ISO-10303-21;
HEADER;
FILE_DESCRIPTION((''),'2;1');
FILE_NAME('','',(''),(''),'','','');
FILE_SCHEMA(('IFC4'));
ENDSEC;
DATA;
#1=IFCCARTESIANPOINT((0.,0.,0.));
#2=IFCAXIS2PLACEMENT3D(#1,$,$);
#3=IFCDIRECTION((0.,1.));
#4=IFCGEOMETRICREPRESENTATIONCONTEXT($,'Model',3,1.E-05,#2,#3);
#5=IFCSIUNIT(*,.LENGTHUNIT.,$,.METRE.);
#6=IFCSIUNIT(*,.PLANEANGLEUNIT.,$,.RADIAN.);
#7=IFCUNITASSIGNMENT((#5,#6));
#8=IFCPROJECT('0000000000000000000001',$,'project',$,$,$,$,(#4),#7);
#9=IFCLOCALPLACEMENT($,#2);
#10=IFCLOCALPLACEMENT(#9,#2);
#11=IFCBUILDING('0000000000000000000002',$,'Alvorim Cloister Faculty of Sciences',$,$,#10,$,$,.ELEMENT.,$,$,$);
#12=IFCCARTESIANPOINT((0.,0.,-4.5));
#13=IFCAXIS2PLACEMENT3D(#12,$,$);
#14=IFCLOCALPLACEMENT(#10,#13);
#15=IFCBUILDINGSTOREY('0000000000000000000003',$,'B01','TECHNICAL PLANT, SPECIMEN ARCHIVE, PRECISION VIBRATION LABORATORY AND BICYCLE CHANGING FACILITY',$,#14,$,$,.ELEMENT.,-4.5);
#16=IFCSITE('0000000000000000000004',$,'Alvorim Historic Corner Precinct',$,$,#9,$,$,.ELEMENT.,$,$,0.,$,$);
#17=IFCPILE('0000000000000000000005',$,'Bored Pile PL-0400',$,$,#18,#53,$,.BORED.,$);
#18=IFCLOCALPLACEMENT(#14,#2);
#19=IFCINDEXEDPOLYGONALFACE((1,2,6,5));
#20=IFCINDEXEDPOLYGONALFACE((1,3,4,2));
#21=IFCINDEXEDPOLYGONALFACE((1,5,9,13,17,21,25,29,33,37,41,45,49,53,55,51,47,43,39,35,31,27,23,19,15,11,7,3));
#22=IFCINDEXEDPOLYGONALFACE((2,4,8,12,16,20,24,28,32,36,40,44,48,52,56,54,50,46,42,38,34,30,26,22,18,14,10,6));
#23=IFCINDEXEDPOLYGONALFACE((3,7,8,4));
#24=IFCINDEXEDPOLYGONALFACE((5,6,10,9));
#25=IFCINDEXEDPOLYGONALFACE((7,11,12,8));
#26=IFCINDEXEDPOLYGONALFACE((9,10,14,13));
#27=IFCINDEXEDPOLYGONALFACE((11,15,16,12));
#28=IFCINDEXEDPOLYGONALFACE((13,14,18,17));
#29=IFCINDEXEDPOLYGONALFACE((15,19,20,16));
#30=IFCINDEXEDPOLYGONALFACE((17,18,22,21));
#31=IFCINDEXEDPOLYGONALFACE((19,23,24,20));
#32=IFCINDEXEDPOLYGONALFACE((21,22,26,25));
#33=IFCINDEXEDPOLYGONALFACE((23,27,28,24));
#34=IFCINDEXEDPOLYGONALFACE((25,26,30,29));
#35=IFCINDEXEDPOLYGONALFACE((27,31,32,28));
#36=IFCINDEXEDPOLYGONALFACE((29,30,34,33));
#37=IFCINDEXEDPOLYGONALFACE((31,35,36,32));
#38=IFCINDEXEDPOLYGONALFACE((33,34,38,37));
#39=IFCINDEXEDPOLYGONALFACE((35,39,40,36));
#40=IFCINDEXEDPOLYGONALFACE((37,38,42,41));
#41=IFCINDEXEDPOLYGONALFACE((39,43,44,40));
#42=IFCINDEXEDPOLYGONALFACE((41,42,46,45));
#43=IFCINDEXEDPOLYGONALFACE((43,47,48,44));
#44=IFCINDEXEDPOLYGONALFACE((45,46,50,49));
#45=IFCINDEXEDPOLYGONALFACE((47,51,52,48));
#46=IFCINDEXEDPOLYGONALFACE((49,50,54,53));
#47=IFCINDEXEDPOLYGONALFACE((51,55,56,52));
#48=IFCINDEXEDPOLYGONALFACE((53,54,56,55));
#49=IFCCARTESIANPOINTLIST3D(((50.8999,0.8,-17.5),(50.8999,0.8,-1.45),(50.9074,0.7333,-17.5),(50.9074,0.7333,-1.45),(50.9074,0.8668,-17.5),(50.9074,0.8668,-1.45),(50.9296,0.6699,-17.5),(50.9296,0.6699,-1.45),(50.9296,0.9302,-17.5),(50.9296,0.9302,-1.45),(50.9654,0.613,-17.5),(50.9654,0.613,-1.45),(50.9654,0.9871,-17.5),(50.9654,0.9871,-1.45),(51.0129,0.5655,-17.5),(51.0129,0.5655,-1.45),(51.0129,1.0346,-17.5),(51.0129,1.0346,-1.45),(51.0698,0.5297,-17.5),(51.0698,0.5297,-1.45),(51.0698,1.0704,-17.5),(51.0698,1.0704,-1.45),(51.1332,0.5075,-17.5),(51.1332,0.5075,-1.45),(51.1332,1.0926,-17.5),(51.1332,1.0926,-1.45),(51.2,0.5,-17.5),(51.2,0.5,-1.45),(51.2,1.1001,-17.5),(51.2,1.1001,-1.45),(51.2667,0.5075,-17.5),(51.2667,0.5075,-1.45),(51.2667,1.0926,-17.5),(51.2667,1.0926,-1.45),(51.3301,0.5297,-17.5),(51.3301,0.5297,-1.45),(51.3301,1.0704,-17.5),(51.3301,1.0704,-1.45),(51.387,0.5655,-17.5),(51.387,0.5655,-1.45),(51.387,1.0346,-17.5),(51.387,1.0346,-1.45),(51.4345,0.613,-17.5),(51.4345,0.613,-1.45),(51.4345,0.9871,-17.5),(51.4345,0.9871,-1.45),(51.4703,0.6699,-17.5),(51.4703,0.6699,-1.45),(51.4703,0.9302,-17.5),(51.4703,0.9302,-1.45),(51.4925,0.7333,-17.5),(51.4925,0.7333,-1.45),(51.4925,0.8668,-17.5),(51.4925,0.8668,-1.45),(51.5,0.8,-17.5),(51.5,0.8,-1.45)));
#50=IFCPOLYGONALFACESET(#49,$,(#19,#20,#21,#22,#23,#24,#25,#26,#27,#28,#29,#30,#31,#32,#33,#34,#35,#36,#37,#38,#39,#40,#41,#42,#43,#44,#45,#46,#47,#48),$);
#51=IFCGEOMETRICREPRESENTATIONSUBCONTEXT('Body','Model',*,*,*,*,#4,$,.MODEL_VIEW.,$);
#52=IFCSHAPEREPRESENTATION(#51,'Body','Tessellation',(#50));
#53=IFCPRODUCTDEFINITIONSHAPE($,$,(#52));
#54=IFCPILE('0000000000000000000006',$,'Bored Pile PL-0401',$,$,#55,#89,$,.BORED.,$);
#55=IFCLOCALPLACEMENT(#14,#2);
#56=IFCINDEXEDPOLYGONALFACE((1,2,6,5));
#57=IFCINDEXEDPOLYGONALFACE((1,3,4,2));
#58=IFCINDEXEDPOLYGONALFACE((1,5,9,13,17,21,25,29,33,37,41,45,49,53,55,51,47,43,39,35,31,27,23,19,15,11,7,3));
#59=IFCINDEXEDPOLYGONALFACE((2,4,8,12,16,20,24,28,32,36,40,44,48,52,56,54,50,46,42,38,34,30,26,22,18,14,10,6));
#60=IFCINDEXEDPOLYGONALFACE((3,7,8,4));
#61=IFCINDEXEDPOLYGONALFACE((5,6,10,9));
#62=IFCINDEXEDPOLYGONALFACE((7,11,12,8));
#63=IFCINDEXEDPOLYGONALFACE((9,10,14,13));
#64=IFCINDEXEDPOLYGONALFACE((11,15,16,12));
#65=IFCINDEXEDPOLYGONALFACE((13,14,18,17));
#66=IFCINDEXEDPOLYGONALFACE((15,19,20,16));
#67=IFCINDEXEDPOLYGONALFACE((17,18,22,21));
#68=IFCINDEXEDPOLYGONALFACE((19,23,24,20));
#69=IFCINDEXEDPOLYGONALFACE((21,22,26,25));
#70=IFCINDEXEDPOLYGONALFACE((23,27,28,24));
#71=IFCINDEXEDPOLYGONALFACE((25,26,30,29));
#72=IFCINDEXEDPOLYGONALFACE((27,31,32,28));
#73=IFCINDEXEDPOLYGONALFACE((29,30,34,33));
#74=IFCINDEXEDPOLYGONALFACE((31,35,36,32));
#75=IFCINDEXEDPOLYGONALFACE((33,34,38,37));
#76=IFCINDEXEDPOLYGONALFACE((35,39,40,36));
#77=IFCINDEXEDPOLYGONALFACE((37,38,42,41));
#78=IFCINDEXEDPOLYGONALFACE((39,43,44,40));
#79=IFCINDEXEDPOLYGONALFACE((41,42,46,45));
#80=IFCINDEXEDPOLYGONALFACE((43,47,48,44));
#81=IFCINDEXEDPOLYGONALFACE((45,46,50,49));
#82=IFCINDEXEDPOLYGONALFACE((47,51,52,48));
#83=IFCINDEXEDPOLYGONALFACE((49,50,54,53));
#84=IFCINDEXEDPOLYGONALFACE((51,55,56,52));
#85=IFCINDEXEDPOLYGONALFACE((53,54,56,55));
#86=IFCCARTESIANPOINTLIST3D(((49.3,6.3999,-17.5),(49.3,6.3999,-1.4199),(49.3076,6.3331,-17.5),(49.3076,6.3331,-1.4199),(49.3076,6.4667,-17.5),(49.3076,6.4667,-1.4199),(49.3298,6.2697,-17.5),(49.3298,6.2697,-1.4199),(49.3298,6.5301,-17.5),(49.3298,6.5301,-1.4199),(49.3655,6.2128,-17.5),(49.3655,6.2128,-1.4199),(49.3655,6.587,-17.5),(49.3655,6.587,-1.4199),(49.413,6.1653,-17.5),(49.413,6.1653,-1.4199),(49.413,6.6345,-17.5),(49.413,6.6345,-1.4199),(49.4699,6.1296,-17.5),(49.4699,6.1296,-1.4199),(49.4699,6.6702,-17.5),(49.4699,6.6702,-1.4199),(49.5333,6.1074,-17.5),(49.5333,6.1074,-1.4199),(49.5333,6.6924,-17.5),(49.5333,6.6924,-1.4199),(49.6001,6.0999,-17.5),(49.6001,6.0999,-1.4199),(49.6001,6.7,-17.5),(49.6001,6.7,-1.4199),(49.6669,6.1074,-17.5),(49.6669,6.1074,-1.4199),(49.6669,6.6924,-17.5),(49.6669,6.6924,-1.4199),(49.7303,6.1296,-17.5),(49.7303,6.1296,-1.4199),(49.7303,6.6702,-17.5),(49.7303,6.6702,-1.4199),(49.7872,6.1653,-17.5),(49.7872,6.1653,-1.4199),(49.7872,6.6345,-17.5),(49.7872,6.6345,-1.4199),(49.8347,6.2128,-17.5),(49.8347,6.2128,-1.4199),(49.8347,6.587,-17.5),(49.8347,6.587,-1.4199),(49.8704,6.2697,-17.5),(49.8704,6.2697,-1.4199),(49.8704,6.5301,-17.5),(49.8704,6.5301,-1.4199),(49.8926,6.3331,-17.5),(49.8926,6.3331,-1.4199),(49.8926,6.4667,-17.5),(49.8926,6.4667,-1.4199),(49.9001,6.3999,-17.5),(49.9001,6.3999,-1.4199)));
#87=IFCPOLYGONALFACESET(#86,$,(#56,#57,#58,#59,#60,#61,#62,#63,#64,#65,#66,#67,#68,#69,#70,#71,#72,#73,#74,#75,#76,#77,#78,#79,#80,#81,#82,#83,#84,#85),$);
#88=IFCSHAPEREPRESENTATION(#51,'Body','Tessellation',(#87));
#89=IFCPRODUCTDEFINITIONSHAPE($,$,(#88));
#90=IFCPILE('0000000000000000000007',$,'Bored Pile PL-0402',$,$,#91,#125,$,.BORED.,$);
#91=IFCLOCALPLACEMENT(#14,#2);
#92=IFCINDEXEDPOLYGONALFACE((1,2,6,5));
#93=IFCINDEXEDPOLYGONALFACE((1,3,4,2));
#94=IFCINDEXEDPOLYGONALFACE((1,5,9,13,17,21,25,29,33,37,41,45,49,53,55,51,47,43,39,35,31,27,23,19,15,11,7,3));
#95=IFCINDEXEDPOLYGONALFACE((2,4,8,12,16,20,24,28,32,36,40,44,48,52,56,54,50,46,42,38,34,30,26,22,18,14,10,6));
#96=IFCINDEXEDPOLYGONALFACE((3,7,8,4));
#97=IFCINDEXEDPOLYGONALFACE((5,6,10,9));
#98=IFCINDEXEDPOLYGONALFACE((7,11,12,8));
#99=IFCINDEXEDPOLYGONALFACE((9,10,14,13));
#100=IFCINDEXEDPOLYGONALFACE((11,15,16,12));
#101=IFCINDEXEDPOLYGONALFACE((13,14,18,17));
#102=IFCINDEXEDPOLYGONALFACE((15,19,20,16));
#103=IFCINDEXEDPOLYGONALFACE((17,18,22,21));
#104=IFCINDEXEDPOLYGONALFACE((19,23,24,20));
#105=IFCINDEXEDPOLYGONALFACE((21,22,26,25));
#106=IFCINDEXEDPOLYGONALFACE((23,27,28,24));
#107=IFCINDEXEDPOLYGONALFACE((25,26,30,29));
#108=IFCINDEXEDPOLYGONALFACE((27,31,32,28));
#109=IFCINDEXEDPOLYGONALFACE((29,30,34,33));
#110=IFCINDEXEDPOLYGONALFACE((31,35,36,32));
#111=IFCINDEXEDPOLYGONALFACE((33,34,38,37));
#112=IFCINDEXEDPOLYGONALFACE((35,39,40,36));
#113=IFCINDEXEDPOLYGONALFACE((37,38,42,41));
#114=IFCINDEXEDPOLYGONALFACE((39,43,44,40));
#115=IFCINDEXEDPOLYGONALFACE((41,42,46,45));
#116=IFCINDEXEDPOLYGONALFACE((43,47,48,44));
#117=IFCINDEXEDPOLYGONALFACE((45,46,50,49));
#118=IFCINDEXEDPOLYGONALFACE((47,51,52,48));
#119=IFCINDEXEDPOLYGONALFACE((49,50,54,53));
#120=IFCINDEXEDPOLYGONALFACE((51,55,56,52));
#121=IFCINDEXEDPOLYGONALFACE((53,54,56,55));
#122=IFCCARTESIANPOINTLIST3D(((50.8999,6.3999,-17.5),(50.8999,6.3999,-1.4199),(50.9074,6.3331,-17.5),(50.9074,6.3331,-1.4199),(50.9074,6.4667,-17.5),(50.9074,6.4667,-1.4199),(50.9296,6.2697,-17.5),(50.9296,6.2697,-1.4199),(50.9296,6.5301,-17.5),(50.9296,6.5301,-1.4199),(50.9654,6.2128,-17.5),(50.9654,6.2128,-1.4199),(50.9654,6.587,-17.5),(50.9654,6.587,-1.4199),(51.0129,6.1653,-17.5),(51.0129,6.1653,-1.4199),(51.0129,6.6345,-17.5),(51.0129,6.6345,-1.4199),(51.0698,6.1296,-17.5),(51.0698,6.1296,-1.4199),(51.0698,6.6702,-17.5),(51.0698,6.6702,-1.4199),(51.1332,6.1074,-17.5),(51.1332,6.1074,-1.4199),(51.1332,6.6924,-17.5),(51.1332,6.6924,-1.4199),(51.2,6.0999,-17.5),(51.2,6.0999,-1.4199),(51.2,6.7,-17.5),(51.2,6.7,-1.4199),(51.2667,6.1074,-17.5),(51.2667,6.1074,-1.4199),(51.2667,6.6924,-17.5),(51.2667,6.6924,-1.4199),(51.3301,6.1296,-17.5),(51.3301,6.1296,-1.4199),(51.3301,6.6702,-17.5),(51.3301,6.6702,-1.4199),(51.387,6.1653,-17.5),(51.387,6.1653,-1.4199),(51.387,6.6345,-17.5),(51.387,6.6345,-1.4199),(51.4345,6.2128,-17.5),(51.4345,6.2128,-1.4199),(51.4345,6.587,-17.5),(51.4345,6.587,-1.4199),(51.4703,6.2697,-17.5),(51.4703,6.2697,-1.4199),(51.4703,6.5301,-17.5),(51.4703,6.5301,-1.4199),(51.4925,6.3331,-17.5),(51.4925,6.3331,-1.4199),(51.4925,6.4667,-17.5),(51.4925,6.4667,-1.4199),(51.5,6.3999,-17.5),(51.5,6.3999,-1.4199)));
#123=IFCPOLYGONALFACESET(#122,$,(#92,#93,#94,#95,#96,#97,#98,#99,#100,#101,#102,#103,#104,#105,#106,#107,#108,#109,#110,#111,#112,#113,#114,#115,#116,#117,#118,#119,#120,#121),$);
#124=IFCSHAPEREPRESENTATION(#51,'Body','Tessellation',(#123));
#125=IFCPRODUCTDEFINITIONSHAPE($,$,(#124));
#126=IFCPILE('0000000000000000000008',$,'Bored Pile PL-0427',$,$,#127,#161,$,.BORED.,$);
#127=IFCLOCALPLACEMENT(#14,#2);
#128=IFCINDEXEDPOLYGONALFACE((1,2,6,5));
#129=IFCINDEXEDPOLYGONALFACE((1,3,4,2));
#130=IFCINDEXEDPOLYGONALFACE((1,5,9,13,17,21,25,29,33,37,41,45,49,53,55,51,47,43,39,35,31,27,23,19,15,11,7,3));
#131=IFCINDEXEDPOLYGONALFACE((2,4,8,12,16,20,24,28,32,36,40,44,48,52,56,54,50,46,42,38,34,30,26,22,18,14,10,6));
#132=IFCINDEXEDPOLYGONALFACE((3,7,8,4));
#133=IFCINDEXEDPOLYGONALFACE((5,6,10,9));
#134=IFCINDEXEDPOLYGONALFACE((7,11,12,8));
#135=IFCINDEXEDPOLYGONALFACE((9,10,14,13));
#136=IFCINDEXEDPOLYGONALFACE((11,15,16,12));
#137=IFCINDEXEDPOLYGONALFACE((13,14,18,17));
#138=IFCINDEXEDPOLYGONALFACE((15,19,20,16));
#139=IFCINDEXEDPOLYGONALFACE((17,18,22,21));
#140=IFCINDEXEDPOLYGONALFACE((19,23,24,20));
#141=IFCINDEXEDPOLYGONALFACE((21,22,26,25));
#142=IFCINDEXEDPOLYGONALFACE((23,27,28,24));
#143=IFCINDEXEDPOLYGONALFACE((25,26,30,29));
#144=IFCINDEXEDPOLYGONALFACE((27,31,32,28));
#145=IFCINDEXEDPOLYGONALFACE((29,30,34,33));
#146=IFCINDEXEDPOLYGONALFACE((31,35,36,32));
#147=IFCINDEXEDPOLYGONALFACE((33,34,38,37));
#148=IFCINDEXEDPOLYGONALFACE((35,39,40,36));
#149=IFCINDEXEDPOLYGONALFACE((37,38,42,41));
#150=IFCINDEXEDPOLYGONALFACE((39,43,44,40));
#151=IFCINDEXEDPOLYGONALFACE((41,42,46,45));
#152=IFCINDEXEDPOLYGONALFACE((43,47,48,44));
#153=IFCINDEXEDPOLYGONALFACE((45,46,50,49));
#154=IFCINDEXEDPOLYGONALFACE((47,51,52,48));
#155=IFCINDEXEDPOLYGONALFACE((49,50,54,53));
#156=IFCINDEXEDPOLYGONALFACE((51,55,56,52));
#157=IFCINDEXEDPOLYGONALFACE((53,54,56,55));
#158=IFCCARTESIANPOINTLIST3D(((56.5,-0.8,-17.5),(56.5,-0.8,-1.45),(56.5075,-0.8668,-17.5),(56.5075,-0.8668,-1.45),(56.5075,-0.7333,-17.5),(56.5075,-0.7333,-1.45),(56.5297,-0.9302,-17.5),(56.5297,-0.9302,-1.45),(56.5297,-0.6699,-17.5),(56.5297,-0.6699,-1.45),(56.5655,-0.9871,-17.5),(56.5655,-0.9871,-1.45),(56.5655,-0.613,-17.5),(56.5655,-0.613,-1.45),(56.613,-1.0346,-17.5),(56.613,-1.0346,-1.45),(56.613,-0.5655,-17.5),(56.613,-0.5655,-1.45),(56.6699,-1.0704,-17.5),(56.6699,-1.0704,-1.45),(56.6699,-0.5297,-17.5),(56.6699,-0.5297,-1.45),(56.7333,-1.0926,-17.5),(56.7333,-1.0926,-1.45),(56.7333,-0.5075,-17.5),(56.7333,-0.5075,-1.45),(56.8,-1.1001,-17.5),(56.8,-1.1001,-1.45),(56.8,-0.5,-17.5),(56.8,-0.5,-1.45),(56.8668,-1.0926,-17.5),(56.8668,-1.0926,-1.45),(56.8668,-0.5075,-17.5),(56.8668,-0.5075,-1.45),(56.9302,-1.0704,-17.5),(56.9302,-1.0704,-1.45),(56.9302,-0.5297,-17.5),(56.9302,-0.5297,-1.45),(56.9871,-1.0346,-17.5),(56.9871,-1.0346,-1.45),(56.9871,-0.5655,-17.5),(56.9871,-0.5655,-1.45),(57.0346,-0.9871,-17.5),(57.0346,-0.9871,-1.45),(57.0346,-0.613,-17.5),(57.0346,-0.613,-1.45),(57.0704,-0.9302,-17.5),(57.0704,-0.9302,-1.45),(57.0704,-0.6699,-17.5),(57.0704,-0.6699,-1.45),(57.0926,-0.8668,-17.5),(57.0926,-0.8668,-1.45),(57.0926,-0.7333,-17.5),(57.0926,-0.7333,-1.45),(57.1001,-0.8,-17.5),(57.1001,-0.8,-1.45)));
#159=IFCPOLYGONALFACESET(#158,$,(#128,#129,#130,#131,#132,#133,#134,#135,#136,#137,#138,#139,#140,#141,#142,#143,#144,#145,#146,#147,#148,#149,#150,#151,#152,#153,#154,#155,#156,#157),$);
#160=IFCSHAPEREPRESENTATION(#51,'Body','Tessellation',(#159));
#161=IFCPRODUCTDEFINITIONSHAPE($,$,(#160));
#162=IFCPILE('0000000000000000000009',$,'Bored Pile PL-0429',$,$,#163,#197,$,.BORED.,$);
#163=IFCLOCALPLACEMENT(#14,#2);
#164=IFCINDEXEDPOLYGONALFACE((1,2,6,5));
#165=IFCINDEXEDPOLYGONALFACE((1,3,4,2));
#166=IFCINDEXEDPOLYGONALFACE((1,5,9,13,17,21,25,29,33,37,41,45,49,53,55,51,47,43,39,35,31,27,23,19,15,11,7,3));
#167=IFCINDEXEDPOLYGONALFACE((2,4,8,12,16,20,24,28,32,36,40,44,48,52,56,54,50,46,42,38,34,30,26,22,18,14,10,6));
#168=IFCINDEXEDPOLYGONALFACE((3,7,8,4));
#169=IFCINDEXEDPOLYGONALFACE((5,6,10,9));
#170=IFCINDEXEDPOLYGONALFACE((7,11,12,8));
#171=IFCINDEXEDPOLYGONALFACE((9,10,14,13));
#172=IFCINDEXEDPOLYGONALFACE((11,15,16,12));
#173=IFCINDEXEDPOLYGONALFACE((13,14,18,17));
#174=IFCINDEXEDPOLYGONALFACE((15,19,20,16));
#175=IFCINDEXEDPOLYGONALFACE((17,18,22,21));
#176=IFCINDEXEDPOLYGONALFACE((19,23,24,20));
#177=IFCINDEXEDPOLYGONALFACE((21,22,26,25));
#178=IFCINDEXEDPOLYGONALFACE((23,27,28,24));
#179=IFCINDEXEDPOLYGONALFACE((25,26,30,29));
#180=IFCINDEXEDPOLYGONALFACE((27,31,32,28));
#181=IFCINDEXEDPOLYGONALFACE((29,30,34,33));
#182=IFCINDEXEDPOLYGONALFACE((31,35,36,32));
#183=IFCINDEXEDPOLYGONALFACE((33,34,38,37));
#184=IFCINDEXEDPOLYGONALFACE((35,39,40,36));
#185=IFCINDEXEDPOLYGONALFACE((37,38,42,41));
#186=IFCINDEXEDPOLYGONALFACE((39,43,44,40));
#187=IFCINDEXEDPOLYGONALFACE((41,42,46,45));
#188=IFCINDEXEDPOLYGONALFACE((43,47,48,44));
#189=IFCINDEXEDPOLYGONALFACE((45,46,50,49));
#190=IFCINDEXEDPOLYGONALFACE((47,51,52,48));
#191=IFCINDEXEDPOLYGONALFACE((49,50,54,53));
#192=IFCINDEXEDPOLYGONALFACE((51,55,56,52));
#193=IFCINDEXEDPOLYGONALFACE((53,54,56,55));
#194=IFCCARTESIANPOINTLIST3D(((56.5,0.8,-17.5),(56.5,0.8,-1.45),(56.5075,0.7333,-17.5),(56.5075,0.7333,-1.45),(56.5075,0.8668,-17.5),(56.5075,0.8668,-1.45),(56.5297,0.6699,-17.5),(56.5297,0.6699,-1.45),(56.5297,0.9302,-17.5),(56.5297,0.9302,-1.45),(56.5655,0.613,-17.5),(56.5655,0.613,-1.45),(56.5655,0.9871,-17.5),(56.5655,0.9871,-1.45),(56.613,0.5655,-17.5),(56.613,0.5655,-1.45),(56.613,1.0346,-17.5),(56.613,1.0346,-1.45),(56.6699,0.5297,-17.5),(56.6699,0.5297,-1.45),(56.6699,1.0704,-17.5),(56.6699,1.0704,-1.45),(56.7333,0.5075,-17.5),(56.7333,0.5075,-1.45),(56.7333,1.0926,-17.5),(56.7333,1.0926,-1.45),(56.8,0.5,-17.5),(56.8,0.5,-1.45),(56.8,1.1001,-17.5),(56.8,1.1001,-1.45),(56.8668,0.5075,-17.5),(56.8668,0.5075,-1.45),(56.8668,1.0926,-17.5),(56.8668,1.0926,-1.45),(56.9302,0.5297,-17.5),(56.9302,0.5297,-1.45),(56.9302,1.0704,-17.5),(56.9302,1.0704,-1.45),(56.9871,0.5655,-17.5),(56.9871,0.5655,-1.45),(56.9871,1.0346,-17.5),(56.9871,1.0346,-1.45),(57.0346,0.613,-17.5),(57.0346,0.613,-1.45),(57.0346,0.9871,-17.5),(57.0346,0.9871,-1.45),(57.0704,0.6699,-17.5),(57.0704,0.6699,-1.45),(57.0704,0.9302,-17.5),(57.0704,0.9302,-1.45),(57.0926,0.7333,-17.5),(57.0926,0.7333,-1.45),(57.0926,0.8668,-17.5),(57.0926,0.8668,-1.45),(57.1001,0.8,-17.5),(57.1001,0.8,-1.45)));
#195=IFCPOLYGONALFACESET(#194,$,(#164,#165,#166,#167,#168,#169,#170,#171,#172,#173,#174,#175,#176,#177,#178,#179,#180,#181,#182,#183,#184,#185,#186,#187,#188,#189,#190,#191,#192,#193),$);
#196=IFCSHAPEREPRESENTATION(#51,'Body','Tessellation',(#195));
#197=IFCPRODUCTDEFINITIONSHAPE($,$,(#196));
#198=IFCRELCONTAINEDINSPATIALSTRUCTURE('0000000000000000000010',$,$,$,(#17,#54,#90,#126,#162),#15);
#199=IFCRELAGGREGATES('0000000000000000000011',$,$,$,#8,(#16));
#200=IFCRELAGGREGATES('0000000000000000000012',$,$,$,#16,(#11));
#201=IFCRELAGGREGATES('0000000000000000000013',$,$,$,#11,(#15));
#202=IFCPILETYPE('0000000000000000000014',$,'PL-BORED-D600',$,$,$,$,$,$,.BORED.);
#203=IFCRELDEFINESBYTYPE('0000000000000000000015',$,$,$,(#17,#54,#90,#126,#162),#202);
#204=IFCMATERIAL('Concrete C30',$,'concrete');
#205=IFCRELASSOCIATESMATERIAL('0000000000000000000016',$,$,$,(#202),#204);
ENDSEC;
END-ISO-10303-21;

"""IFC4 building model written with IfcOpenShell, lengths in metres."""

from ifc_helpers import new_model, si_unit, direction, frame, origin, origin_2d, place, context, subcontext, project, spatial, circle, extrude, material, material_profile, profile_set, type_object, element, save


model = new_model("IFC4")

# Units and contexts
model_context = context("Model", 3, precision=1e-05, world=origin(), true_north=direction((0.0, 1.0)))
body_context = subcontext(model_context, "Body", "Model", "MODEL_VIEW")
ifc_project = project(units=[si_unit("LENGTHUNIT", "METRE"), si_unit("PLANEANGLEUNIT", "RADIAN")], contexts=[model_context])

# Site, building, storey
site_placement = place(None, origin())
site = spatial("IfcSite", under=ifc_project, at=site_placement, Name="Alvorim Historic Corner Precinct", CompositionType="ELEMENT", RefElevation=0.0)
building_placement = place(site_placement, origin())
building = spatial("IfcBuilding", under=site, at=building_placement, Name="Alvorim Cloister Faculty of Sciences", CompositionType="ELEMENT")
storey_placement = place(building_placement, frame((0.0, 0.0, -4.5)))
storey = spatial("IfcBuildingStorey", under=building, at=storey_placement, Name="B01", Description="TECHNICAL PLANT, SPECIMEN ARCHIVE, PRECISION VIBRATION LABORATORY AND BICYCLE CHANGING FACILITY", CompositionType="ELEMENT", Elevation=-4.5)

# Piles
ifc_material_1 = material(Name="Concrete C30", Category="concrete")
ifc_material_profile_1 = material_profile(ifc_material_1, circle(Radius=0.3, at=origin_2d()), Name="PILE-D600")
ifc_profile_set_1 = profile_set([ifc_material_profile_1], Name="Concrete C30")
pile_type = type_object("IfcPileType", Name="PL-BORED-D600", PredefinedType="BORED", material=ifc_profile_set_1)
for number, where, z_axis, x_axis, name in (
    (1, (51.2, 0.8, -1.45), (0.0, 0.0, -1.0), (1.0, 0.0, 0.0), "Bored Pile PL-0400"),
):
    element("IfcPile", number, at=place(storey_placement, frame(where, z_axis=z_axis, x_axis=x_axis)), inside=storey, type_object=pile_type, Name=name, PredefinedType="BORED", context=body_context, shape_type="SweptSolid", body=[
        extrude(circle(Radius=0.3, at=origin_2d()), origin(), (0.0, 0.0, 1.0), 16.05),
    ])
for number, where, z_axis, x_axis, name in (
    (2, (49.6001, 6.3999, -1.4199), (0.0, 0.0, -1.0), (1.0, 0.0, 0.0), "Bored Pile PL-0401"),
    (3, (51.2, 6.3999, -1.4199), (0.0, 0.0, -1.0), (1.0, 0.0, 0.0), "Bored Pile PL-0402"),
):
    element("IfcPile", number, at=place(storey_placement, frame(where, z_axis=z_axis, x_axis=x_axis)), inside=storey, type_object=pile_type, Name=name, PredefinedType="BORED", context=body_context, shape_type="SweptSolid", body=[
        extrude(circle(Radius=0.3, at=origin_2d()), origin(), (0.0, 0.0, 1.0), 16.0801),
    ])
for number, where, z_axis, x_axis, name in (
    (4, (56.8, -0.8, -1.45), (0.0, 0.0, -1.0), (1.0, 0.0, 0.0), "Bored Pile PL-0427"),
    (5, (56.8, 0.8, -1.45), (0.0, 0.0, -1.0), (1.0, 0.0, 0.0), "Bored Pile PL-0429"),
):
    element("IfcPile", number, at=place(storey_placement, frame(where, z_axis=z_axis, x_axis=x_axis)), inside=storey, type_object=pile_type, Name=name, PredefinedType="BORED", context=body_context, shape_type="SweptSolid", body=[
        extrude(circle(Radius=0.3, at=origin_2d()), origin(), (0.0, 0.0, 1.0), 16.05),
    ])

save(model, "model.ifc")
